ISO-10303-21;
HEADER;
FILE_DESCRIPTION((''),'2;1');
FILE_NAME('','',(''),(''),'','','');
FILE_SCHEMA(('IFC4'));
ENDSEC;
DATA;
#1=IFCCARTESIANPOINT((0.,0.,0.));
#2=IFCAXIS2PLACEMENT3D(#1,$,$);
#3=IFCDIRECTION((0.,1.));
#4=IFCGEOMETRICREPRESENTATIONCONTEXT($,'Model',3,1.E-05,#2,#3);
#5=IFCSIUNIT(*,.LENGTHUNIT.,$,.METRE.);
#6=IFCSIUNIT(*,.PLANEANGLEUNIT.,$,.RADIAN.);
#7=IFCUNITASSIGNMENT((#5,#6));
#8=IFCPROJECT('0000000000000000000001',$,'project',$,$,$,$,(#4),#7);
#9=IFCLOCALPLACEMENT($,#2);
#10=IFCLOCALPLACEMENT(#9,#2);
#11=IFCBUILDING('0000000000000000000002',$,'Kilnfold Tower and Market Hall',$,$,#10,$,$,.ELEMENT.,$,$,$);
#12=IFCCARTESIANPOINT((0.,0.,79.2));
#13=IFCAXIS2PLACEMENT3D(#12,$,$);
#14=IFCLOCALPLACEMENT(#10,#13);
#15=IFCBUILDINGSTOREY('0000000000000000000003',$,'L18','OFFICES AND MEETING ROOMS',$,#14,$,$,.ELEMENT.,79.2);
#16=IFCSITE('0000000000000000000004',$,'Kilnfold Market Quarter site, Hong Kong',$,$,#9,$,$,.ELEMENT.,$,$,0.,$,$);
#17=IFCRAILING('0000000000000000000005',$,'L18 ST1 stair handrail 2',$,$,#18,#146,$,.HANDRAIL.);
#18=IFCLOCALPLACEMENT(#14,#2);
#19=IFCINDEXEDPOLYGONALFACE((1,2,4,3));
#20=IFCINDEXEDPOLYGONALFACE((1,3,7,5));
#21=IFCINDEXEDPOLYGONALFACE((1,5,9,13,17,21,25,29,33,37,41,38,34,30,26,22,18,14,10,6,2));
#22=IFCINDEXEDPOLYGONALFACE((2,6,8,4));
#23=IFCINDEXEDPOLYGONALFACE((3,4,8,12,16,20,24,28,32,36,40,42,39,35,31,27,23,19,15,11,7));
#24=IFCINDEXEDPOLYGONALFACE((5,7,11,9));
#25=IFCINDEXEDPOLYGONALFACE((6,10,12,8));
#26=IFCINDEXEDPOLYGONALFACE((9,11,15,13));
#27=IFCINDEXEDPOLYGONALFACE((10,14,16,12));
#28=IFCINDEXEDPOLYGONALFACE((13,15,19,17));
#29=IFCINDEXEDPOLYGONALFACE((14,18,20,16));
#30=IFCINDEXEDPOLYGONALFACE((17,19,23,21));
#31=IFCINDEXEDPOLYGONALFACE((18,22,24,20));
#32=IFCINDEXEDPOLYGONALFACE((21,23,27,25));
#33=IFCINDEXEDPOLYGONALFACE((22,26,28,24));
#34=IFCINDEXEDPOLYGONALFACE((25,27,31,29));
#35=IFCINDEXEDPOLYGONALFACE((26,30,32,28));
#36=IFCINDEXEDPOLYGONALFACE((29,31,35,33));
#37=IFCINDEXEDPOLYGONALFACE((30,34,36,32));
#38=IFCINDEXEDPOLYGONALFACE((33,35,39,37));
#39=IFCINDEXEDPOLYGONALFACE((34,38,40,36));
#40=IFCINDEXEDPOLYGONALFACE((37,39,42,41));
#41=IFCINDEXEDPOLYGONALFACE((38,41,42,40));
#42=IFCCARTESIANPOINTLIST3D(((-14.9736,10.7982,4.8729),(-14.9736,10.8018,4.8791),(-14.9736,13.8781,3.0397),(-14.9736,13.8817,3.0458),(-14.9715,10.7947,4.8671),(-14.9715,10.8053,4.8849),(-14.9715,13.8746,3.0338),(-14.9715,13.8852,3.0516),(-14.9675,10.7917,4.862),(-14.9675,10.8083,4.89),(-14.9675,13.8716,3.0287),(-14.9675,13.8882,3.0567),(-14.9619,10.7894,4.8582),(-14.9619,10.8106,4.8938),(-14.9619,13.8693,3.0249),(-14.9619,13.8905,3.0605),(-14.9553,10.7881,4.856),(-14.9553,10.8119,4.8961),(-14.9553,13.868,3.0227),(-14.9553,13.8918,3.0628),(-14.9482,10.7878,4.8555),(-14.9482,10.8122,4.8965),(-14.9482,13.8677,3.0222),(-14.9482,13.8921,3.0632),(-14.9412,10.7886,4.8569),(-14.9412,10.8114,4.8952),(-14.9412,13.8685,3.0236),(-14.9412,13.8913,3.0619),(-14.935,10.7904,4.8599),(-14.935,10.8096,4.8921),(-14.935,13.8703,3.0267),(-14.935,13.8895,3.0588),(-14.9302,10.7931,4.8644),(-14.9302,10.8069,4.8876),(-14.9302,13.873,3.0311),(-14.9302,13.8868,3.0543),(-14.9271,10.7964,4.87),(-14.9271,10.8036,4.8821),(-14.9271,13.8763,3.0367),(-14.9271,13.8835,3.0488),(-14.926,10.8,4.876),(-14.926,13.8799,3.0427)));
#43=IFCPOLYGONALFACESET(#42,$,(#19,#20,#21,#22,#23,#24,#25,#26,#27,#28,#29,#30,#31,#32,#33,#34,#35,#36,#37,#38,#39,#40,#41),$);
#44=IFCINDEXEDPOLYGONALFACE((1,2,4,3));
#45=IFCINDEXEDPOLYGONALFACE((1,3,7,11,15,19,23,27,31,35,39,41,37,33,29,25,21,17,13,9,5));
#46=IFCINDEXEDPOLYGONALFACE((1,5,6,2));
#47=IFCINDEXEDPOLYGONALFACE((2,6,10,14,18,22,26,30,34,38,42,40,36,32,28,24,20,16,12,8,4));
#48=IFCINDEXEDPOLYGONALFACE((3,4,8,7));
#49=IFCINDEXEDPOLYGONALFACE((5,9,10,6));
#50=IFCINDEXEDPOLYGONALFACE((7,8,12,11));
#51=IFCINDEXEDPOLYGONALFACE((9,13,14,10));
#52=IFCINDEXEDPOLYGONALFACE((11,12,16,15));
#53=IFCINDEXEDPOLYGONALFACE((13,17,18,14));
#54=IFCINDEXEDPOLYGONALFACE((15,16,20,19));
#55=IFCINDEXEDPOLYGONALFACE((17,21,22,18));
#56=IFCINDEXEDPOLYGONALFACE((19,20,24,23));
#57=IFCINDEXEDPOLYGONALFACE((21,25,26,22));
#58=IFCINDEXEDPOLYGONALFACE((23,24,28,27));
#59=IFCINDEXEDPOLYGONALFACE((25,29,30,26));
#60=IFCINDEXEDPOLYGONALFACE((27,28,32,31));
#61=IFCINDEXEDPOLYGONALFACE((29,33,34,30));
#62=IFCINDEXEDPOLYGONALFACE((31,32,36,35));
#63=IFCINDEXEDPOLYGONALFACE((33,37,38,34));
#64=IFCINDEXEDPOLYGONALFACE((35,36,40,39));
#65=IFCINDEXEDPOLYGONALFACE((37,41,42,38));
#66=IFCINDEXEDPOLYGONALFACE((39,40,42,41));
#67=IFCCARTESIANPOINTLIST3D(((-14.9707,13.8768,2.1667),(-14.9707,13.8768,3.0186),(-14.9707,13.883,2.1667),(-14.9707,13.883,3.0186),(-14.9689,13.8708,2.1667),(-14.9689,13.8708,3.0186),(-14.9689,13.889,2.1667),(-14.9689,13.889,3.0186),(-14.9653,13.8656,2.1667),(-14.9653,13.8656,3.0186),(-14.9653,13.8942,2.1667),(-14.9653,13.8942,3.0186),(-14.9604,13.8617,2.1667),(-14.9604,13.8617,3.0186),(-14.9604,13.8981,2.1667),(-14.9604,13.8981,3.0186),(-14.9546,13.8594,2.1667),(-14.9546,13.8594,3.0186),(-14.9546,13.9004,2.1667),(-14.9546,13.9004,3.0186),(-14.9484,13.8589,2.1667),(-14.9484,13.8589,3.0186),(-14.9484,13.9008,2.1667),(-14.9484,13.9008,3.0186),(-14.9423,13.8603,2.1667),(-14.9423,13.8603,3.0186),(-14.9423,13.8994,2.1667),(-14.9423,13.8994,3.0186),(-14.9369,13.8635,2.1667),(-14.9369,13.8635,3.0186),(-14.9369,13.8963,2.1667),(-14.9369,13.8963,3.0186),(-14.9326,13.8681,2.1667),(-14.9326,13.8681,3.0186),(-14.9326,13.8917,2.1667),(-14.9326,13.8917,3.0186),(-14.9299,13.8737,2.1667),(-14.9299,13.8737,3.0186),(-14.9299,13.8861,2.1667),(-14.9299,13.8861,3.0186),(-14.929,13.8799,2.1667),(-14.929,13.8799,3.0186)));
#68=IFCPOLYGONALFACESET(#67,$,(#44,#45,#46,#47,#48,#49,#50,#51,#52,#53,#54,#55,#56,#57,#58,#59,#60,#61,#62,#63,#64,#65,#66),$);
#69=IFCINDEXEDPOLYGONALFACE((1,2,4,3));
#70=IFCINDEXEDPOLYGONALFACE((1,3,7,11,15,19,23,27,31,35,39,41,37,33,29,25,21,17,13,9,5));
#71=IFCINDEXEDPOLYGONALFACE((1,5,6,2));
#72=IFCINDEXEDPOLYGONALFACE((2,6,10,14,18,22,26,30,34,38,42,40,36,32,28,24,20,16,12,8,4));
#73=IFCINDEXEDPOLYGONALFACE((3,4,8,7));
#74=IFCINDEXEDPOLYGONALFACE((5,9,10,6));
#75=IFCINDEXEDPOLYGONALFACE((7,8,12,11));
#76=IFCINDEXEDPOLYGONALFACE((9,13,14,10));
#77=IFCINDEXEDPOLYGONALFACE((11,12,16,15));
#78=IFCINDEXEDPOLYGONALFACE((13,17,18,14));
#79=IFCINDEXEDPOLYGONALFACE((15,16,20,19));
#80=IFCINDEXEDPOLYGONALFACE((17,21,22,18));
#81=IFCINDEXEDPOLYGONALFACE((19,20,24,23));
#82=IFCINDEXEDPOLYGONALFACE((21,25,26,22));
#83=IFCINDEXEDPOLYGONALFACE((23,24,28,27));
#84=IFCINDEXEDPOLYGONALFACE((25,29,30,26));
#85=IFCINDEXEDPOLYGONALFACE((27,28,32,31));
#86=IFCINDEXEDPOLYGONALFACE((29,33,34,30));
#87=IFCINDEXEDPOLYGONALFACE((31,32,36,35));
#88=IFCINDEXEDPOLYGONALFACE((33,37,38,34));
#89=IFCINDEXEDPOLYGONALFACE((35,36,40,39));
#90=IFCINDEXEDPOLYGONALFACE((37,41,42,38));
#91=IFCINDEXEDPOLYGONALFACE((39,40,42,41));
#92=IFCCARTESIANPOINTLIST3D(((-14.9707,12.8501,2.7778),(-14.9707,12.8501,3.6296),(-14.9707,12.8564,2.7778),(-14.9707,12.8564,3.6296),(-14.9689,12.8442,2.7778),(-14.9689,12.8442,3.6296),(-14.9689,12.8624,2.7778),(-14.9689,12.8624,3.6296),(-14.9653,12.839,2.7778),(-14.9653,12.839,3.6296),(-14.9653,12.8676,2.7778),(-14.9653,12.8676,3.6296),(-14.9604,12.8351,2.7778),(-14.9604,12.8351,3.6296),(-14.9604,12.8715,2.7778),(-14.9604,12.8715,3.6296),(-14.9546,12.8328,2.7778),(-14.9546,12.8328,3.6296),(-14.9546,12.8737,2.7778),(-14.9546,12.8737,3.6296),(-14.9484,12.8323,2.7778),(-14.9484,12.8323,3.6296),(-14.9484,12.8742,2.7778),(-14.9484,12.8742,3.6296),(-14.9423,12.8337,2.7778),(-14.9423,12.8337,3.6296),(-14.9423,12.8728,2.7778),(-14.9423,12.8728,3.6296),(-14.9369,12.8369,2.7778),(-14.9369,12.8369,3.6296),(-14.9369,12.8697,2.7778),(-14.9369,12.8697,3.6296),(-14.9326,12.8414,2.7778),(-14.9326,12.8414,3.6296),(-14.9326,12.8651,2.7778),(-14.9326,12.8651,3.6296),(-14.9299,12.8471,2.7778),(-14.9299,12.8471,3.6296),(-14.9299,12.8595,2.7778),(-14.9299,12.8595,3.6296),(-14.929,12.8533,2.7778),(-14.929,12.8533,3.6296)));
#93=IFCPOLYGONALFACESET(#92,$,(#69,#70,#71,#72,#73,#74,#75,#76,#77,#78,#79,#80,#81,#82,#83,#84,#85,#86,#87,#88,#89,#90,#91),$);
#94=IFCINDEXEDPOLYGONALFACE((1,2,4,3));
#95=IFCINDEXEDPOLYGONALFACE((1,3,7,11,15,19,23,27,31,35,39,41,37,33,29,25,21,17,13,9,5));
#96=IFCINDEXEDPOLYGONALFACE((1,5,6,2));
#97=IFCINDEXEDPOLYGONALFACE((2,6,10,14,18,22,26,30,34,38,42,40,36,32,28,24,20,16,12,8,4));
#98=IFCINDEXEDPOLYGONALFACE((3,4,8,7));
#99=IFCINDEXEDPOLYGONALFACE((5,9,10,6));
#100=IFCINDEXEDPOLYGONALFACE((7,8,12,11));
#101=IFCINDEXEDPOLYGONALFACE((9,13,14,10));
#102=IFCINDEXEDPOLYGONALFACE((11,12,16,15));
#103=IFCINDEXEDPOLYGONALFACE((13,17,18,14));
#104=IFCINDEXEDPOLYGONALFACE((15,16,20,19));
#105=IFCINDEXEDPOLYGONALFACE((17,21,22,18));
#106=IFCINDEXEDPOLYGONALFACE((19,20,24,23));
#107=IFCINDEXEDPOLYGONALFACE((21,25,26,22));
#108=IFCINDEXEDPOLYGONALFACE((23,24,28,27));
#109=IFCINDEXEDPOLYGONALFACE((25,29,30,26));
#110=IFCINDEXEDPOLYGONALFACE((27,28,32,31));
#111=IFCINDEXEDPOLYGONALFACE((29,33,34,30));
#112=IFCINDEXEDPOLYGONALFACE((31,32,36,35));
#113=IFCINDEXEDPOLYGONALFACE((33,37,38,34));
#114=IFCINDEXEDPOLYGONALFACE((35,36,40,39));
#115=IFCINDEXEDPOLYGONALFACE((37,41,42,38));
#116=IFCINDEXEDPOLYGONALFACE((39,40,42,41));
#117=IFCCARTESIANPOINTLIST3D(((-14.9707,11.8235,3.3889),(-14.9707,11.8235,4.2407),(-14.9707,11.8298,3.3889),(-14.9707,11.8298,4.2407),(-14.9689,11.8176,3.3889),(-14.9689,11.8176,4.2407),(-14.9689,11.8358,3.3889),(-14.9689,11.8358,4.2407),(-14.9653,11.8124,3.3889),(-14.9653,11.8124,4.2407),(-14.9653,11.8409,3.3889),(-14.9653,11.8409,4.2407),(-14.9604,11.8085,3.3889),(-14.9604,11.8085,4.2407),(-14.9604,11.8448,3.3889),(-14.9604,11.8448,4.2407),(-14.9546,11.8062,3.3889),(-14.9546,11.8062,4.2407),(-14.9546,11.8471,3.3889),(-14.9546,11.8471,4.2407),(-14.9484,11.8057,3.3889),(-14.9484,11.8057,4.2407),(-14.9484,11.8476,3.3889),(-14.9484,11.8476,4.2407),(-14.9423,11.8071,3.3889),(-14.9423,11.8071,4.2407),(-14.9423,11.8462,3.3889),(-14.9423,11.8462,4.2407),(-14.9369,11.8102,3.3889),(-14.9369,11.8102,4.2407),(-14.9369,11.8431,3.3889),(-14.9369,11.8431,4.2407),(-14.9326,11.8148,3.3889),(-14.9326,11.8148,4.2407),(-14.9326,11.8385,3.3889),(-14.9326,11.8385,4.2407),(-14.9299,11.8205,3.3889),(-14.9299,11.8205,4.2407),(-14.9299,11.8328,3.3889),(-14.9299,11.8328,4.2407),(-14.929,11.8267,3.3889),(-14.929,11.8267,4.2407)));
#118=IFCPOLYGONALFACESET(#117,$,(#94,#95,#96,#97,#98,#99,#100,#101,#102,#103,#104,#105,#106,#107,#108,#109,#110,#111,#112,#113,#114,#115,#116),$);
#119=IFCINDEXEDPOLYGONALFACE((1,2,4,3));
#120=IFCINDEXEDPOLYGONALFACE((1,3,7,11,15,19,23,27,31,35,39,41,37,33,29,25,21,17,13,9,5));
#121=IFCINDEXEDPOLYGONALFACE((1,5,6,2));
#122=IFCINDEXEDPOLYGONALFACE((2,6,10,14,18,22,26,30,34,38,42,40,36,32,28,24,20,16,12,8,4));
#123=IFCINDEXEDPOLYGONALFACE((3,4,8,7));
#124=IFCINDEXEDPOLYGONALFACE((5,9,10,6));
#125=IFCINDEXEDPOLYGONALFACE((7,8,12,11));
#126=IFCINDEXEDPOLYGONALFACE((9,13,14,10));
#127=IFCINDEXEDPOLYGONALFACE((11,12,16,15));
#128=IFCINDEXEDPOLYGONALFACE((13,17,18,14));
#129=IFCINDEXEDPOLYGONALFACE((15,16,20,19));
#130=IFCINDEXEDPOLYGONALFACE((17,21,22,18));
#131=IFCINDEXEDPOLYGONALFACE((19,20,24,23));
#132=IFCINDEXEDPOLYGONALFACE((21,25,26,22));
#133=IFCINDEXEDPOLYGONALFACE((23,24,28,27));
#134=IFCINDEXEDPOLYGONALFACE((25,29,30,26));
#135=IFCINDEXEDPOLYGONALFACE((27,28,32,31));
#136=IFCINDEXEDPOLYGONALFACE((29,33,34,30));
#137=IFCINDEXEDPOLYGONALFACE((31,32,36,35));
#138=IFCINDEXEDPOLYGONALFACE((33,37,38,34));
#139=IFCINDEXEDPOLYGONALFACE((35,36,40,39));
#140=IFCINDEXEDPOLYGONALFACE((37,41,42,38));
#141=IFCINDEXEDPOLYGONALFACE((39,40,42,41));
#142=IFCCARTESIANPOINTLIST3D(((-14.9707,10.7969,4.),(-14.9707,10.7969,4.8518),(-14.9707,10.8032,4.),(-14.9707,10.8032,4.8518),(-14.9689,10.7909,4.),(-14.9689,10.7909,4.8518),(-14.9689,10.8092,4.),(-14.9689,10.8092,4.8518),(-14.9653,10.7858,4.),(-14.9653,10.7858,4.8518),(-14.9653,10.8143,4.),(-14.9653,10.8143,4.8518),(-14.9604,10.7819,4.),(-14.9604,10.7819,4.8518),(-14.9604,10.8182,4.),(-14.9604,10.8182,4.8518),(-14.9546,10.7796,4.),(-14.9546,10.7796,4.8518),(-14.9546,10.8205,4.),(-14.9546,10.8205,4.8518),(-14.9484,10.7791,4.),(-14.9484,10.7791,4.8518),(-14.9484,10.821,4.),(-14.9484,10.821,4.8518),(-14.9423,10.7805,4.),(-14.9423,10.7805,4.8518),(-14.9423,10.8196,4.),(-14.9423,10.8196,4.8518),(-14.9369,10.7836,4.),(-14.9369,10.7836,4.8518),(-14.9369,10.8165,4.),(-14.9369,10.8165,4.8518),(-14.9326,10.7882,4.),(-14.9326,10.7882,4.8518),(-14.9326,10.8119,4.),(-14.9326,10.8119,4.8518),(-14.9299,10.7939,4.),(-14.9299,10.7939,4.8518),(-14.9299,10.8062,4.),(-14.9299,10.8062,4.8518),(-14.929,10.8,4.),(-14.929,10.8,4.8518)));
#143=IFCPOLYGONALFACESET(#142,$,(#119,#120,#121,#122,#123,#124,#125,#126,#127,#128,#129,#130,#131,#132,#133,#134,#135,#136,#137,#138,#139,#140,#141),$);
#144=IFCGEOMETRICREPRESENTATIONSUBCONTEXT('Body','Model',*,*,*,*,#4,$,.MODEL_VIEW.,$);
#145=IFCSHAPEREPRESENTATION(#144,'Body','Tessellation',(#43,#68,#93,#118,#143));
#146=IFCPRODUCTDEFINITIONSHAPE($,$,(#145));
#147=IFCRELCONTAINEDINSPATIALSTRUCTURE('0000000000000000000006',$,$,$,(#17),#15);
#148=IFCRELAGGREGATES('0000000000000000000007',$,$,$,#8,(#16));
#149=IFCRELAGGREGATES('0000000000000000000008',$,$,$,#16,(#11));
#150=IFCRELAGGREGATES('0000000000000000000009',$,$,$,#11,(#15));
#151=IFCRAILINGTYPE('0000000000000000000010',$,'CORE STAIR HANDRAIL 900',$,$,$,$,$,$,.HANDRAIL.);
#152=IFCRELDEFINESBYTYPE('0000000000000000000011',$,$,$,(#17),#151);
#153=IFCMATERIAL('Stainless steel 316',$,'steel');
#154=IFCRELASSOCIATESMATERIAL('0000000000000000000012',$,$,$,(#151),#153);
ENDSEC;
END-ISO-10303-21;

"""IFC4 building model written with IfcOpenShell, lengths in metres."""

from ifc_helpers import new_model, si_unit, direction, frame, origin, origin_2d, place, context, subcontext, project, spatial, circle, extrude, material, type_object, element, save


model = new_model("IFC4")

# Units and contexts
model_context = context("Model", 3, precision=1e-05, world=origin(), true_north=direction((0.0, 1.0)))
body_context = subcontext(model_context, "Body", "Model", "MODEL_VIEW")
ifc_project = project(units=[si_unit("LENGTHUNIT", "METRE"), si_unit("PLANEANGLEUNIT", "RADIAN")], contexts=[model_context])

# Site, building, storey
site_placement = place(None, origin())
site = spatial("IfcSite", under=ifc_project, at=site_placement, Name="Kilnfold Market Quarter site, Hong Kong", CompositionType="ELEMENT", RefElevation=0.0)
building_placement = place(site_placement, origin())
building = spatial("IfcBuilding", under=site, at=building_placement, Name="Kilnfold Tower and Market Hall", CompositionType="ELEMENT")
storey_placement = place(building_placement, frame((0.0, 0.0, 79.2)))
storey = spatial("IfcBuildingStorey", under=building, at=storey_placement, Name="L18", Description="OFFICES AND MEETING ROOMS", CompositionType="ELEMENT", Elevation=79.2)

# Railing
ifc_material_1 = material(Name="Stainless steel 316", Category="steel")
railing_type_1 = type_object("IfcRailingType", Name="CORE STAIR HANDRAIL 900", PredefinedType="HANDRAIL", material=ifc_material_1)
railing_1_placement = place(storey_placement, frame((-14.95, 13.8799, 2.1667)))
element("IfcRailing", 1, at=railing_1_placement, inside=storey, type_object=railing_type_1, Name="L18 ST1 stair handrail 2", PredefinedType="HANDRAIL", context=body_context, shape_type="SweptSolid", body=[
    extrude(circle(Radius=0.0239, at=origin_2d()), frame((0.0, 0.0, 0.876), z_axis=(0.0, -0.859291, 0.511487), x_axis=(1.0, 0.0, 0.0)), (0.0, 0.0, 1.0), 3.5842),
    extrude(circle(Radius=0.021, at=origin_2d()), origin(), (0.0, 0.0, 1.0), 0.8518),
    extrude(circle(Radius=0.021, at=origin_2d()), frame((0.0, -1.0266, 0.6111)), (0.0, 0.0, 1.0), 0.8518),
    extrude(circle(Radius=0.021, at=origin_2d()), frame((0.0, -2.0532, 1.2222)), (0.0, 0.0, 1.0), 0.8518),
    extrude(circle(Radius=0.021, at=origin_2d()), frame((0.0, -3.0798, 1.8333)), (0.0, 0.0, 1.0), 0.8518),
])

save(model, "model.ifc")
